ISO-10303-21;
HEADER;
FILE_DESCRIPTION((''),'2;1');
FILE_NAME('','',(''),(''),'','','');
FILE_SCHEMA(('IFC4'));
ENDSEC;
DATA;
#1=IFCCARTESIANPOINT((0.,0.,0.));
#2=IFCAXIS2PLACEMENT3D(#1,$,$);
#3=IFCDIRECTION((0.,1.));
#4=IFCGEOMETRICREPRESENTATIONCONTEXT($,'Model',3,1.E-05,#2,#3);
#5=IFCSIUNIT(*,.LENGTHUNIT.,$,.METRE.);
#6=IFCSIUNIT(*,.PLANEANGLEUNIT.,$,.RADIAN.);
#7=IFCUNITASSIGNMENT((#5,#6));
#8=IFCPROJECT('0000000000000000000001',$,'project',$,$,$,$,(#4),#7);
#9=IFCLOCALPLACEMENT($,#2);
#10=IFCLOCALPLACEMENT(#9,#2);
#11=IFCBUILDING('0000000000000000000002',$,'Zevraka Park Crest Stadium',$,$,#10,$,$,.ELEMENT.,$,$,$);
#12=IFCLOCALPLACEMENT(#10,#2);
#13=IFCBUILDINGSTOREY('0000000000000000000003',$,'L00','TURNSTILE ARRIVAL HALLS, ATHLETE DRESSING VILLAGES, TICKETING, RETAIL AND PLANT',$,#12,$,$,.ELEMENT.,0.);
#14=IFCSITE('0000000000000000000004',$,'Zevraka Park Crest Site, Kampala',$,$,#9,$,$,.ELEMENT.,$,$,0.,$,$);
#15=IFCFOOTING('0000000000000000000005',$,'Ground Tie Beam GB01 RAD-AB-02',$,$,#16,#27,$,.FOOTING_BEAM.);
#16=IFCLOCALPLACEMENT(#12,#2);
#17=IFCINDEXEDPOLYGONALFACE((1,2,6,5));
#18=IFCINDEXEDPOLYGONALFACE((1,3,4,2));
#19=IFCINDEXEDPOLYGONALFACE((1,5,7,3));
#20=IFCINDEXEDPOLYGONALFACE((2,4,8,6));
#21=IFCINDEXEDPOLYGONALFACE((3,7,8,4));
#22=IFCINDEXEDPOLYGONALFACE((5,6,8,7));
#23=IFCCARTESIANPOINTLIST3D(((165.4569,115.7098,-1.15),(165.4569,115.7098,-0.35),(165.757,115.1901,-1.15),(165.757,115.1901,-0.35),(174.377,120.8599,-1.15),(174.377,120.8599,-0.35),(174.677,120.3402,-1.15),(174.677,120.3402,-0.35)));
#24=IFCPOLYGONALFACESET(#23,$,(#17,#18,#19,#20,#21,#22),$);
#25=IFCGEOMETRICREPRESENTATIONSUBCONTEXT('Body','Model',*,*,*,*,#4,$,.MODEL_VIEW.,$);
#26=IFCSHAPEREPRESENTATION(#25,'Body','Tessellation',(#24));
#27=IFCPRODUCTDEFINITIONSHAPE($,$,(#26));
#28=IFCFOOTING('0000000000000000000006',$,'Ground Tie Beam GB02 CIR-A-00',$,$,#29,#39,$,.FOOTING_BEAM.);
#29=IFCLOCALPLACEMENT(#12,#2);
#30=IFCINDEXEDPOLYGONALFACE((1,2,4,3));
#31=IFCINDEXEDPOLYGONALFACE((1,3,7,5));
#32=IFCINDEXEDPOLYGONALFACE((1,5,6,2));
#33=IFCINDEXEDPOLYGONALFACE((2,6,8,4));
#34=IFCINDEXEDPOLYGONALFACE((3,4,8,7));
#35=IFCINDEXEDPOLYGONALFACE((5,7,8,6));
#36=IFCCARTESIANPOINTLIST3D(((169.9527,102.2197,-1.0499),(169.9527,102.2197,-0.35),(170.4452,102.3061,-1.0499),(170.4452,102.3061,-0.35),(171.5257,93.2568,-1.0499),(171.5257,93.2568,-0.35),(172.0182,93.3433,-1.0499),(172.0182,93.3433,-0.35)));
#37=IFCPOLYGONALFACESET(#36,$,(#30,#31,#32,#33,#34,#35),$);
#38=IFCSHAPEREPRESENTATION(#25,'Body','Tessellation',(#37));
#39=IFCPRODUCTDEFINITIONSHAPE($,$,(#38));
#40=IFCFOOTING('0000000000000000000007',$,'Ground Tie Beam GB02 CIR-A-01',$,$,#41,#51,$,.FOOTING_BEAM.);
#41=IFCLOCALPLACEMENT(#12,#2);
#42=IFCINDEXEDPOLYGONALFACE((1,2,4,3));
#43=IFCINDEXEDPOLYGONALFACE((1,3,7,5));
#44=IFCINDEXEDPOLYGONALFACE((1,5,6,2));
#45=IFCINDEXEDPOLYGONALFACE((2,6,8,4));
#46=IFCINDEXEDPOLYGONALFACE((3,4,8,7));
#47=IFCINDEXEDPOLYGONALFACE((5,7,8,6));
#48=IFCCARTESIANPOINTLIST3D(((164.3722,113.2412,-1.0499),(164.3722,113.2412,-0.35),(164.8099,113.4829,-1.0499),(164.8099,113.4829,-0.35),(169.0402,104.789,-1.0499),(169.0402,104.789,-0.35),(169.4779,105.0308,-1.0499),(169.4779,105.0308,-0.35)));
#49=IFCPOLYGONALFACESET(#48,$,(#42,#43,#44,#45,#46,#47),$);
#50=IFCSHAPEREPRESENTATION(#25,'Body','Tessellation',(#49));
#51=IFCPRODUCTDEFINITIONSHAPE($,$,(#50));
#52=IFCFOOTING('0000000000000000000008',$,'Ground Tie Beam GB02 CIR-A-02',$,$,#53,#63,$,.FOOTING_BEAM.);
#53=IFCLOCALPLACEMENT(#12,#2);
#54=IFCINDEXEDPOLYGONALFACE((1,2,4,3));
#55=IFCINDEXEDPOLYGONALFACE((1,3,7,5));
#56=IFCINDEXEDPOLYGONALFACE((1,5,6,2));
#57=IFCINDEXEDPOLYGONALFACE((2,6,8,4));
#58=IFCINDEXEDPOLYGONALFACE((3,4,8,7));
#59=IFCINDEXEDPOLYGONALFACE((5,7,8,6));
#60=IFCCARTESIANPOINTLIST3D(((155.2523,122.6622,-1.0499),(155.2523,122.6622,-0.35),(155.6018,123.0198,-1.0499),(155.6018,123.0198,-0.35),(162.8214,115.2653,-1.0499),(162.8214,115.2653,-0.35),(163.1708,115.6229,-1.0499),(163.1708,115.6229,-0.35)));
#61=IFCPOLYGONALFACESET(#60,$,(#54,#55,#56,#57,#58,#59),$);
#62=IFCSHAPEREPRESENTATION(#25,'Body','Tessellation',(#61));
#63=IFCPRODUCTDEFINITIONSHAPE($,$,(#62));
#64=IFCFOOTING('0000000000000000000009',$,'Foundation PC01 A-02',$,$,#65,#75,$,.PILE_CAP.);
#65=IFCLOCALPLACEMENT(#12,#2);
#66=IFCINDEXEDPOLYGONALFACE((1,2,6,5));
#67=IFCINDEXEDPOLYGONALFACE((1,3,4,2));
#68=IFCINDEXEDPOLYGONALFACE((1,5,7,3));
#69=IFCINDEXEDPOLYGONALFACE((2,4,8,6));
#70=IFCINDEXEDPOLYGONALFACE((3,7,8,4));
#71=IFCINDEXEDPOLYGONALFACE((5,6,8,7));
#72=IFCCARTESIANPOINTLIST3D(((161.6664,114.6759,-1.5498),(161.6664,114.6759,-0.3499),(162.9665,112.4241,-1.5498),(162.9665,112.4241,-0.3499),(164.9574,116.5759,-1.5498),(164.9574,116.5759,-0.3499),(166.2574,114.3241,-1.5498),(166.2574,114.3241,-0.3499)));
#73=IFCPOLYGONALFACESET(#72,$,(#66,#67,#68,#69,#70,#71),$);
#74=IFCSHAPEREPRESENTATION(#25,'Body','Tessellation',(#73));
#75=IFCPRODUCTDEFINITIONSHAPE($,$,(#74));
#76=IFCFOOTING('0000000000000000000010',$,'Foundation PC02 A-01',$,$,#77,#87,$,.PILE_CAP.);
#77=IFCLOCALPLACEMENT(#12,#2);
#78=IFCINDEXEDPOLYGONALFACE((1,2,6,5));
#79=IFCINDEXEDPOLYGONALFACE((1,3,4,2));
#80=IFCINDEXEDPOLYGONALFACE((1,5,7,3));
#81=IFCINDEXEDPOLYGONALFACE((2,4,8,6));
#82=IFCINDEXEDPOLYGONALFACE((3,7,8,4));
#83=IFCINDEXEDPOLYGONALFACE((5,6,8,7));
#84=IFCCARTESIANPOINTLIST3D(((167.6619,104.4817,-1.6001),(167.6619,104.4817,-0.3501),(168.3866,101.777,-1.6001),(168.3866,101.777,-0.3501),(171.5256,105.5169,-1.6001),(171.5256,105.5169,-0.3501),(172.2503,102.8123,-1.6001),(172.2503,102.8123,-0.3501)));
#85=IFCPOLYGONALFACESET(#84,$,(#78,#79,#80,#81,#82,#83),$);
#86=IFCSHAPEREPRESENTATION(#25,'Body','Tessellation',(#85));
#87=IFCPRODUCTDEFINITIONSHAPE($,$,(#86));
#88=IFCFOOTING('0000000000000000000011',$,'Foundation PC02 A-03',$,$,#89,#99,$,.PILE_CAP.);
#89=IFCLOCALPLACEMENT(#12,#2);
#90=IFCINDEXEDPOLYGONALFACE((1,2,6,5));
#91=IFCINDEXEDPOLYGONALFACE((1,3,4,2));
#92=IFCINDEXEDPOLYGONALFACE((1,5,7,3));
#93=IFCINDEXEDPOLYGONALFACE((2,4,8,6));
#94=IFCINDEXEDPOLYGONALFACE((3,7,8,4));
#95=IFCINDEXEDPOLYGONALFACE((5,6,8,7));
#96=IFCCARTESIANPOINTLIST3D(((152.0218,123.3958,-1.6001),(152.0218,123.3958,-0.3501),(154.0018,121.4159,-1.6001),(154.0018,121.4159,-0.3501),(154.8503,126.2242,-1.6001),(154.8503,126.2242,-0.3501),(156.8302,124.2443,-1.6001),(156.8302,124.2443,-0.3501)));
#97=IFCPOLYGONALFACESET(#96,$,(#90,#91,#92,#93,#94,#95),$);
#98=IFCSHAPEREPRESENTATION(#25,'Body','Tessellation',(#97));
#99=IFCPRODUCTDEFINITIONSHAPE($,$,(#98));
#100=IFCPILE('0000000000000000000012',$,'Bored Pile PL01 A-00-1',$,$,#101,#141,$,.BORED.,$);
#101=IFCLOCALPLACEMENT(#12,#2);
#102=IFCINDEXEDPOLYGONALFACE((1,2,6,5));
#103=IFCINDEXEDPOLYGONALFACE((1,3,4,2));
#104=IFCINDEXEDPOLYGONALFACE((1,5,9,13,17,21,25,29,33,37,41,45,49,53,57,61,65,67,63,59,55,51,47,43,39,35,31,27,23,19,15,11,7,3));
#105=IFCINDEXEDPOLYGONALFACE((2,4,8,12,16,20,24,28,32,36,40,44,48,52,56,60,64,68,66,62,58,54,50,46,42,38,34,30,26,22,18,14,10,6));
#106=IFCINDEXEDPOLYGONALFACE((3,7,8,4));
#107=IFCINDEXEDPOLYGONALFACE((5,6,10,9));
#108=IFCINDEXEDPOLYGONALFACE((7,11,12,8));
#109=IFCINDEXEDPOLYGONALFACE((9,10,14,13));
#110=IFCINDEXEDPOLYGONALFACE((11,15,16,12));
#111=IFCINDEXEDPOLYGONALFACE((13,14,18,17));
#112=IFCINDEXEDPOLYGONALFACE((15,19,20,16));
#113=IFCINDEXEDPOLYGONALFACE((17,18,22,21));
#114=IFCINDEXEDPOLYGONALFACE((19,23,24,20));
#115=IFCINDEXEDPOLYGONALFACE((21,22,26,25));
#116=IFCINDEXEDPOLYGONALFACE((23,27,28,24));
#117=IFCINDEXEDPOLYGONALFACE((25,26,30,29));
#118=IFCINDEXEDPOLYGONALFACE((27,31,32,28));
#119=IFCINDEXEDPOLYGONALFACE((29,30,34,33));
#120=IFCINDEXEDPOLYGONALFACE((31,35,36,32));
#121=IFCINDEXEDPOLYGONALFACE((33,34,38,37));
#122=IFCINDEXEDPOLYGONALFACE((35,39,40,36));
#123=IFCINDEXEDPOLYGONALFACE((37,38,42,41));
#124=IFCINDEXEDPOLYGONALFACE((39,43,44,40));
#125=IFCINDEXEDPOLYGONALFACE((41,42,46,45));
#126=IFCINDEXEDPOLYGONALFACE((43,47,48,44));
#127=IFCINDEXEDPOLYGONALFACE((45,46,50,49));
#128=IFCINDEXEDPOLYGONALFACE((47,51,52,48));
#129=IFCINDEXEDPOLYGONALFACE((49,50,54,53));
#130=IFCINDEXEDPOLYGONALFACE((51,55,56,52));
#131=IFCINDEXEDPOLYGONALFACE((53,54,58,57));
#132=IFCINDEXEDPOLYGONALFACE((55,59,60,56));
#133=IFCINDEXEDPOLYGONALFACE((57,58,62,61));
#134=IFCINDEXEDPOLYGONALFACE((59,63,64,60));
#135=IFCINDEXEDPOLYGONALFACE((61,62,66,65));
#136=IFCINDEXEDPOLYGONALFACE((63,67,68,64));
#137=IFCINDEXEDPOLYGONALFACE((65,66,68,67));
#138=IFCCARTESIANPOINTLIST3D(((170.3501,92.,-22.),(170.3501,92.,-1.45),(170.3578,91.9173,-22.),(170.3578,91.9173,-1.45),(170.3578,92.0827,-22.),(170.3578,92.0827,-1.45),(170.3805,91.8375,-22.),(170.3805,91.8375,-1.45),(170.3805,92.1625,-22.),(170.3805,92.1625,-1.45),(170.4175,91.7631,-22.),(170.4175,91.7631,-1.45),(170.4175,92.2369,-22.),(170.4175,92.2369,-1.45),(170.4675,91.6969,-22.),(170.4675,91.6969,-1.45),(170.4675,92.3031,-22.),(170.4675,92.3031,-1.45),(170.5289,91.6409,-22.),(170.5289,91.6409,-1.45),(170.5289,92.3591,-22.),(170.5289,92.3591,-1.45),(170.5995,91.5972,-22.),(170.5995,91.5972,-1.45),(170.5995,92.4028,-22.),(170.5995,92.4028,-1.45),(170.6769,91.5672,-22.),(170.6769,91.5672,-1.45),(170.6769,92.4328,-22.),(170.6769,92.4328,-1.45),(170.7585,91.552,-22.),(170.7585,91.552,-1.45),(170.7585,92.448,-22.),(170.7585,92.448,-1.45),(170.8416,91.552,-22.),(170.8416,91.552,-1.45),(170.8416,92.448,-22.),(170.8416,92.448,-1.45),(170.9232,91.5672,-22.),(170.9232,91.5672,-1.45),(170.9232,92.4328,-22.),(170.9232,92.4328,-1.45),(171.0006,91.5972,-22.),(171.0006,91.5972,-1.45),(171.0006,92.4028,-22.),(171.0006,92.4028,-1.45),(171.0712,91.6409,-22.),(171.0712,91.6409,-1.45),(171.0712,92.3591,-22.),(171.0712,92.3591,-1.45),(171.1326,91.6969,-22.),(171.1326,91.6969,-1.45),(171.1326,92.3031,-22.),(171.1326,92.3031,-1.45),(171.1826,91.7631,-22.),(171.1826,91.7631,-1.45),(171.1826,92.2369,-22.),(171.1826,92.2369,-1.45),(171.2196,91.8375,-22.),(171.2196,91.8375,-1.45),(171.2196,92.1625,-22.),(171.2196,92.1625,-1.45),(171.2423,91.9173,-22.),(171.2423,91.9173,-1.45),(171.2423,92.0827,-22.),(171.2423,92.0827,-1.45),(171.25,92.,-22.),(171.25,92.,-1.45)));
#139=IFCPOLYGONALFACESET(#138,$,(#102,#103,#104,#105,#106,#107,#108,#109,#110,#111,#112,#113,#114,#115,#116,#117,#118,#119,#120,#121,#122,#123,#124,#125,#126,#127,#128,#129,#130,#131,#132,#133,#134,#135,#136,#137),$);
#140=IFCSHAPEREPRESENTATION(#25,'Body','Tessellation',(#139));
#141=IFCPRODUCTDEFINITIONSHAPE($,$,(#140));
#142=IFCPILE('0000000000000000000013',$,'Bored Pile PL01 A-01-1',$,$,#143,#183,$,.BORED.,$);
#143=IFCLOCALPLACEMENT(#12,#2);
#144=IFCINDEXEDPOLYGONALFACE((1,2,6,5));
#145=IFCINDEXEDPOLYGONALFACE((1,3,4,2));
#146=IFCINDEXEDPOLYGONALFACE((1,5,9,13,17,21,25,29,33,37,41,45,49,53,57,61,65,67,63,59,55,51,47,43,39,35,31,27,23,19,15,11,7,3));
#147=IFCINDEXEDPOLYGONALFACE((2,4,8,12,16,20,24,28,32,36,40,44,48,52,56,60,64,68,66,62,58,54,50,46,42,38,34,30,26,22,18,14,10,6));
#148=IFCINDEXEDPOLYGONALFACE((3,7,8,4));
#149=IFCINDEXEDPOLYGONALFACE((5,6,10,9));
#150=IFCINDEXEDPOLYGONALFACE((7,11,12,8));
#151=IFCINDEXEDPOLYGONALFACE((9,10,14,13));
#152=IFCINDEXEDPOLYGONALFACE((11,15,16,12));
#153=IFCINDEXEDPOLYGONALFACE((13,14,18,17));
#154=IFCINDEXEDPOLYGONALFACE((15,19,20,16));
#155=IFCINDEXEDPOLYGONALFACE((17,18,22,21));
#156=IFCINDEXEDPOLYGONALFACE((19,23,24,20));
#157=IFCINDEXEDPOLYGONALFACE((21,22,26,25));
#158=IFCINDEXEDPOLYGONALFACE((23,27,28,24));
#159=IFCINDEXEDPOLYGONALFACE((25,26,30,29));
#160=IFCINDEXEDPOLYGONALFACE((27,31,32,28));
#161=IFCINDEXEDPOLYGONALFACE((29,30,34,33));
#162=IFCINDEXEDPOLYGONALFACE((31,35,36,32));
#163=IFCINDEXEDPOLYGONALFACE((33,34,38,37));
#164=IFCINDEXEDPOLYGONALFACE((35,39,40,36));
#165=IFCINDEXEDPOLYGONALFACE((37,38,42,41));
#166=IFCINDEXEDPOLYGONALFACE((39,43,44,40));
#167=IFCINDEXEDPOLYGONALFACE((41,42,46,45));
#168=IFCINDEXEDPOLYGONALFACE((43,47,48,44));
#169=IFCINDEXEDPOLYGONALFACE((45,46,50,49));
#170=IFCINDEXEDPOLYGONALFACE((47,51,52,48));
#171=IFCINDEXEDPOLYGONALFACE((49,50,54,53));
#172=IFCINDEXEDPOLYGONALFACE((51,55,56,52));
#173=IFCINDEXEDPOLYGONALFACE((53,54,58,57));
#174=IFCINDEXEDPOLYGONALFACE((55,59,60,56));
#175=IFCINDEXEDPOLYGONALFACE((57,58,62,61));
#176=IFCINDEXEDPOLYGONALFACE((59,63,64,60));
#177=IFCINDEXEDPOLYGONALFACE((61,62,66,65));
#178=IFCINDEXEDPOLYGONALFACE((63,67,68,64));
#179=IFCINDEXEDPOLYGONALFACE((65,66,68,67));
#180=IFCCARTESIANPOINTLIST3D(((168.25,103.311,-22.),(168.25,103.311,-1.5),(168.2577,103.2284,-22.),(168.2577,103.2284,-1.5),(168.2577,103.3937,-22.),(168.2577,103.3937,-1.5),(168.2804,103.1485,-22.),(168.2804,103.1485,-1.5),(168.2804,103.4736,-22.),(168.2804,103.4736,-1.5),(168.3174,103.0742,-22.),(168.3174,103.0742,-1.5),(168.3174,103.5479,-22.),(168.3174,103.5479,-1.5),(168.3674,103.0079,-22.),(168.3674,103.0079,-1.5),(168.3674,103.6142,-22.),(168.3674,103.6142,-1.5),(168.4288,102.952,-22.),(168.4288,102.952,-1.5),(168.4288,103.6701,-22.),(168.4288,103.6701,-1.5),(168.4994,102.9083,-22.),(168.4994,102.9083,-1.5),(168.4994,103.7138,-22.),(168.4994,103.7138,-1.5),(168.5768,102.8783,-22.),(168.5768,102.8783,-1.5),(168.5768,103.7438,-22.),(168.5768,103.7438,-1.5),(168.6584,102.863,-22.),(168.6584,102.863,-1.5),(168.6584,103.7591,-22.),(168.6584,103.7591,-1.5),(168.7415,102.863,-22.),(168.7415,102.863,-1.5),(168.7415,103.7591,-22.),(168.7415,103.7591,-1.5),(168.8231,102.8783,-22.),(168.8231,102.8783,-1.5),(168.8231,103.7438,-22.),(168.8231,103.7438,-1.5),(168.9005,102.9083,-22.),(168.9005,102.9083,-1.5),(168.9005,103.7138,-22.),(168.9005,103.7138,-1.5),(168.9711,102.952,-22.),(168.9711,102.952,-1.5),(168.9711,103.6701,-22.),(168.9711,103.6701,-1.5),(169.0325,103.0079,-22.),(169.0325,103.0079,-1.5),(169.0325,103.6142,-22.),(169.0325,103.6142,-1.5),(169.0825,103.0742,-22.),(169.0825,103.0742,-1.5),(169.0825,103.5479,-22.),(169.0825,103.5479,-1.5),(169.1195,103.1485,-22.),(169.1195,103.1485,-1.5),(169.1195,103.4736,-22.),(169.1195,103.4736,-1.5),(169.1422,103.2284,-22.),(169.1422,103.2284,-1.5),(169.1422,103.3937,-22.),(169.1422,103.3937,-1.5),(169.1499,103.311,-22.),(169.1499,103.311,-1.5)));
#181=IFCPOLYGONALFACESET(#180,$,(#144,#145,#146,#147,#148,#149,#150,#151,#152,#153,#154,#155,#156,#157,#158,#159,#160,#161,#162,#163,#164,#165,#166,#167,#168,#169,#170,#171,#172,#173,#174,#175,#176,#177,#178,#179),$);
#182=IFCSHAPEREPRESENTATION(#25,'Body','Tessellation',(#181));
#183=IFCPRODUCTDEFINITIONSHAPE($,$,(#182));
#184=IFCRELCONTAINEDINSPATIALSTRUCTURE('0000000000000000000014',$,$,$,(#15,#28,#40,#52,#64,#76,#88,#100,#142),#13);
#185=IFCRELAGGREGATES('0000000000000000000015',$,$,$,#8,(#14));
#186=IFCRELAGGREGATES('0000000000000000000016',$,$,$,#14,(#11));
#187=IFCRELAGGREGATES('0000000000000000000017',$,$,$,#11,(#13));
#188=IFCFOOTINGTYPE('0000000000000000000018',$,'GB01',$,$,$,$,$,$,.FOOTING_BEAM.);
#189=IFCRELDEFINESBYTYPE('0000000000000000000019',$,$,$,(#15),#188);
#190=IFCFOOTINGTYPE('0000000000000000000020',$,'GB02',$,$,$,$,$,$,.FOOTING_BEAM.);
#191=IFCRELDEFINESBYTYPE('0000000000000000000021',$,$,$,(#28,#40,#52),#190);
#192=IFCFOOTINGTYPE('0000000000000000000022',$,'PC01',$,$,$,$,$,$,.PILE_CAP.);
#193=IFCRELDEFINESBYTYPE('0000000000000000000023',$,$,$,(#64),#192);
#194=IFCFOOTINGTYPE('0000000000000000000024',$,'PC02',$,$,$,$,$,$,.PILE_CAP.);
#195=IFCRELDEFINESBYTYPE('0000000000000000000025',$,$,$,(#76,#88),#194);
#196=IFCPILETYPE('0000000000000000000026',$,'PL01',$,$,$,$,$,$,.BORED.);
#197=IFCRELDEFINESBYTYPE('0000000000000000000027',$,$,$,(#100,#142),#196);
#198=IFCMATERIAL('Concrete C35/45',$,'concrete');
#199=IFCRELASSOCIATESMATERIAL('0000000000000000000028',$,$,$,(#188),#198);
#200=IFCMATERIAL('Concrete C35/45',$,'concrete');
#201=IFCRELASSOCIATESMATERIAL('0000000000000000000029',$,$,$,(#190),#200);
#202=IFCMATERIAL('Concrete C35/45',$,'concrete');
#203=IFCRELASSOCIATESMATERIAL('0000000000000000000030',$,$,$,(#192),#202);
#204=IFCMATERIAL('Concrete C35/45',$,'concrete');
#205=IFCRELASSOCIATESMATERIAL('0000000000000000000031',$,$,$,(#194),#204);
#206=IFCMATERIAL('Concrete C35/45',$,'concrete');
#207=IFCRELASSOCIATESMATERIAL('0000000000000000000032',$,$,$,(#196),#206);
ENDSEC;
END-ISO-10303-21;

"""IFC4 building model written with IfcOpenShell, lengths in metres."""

from ifc_helpers import new_model, si_unit, direction, frame, origin, origin_2d, place, context, subcontext, project, spatial, rectangle, circle, extrude, material, material_profile, profile_set, type_object, element, save


model = new_model("IFC4")

# Units and contexts
model_context = context("Model", 3, precision=1e-05, world=origin(), true_north=direction((0.0, 1.0)))
body_context = subcontext(model_context, "Body", "Model", "MODEL_VIEW")
ifc_project = project(units=[si_unit("LENGTHUNIT", "METRE"), si_unit("PLANEANGLEUNIT", "RADIAN")], contexts=[model_context])

# Site, building, storey
site_placement = place(None, origin())
site = spatial("IfcSite", under=ifc_project, at=site_placement, Name="Zevraka Park Crest Site, Kampala", CompositionType="ELEMENT", RefElevation=0.0)
building_placement = place(site_placement, origin())
building = spatial("IfcBuilding", under=site, at=building_placement, Name="Zevraka Park Crest Stadium", CompositionType="ELEMENT")
storey_placement = place(building_placement, origin())
storey = spatial("IfcBuildingStorey", under=building, at=storey_placement, Name="L00", Description="TURNSTILE ARRIVAL HALLS, ATHLETE DRESSING VILLAGES, TICKETING, RETAIL AND PLANT", CompositionType="ELEMENT", Elevation=0.0)

# Footings
ifc_material_1 = material(Name="Concrete C35/45", Category="concrete")
ifc_material_profile_1 = material_profile(ifc_material_1, rectangle(XDim=0.6001, YDim=0.8, at=origin_2d()), Name="GB 800x600")
ifc_profile_set_1 = profile_set([ifc_material_profile_1], Name="Concrete C35/45")
footing_type_1 = type_object("IfcFootingType", Name="GB01", PredefinedType="FOOTING_BEAM", material=ifc_profile_set_1)
footing_1_placement = place(storey_placement, frame((165.6069, 115.45, -0.75), z_axis=(0.866022, 0.500006, 0.0), x_axis=(-0.500006, 0.866022, 0.0)))
element("IfcFooting", 1, at=footing_1_placement, inside=storey, type_object=footing_type_1, Name="Ground Tie Beam GB01 RAD-AB-02", PredefinedType="FOOTING_BEAM", context=body_context, shape_type="SweptSolid", body=[
    extrude(rectangle(XDim=0.6001, YDim=0.8, at=origin_2d()), origin(), (0.0, 0.0, 1.0), 10.3),
])
ifc_material_2 = material(Name="Concrete C35/45", Category="concrete")
ifc_material_profile_2 = material_profile(ifc_material_2, rectangle(XDim=0.5, YDim=0.7, at=origin_2d()), Name="GB 700x500")
ifc_profile_set_2 = profile_set([ifc_material_profile_2], Name="Concrete C35/45")
footing_type_2 = type_object("IfcFootingType", Name="GB02", PredefinedType="FOOTING_BEAM", material=ifc_profile_set_2)
footing_2_placement = place(storey_placement, frame((171.772, 93.3, -0.7), z_axis=(-0.172859, 0.984947, 0.0), x_axis=(-0.984947, -0.172859, 0.0)))
element("IfcFooting", 2, at=footing_2_placement, inside=storey, type_object=footing_type_2, Name="Ground Tie Beam GB02 CIR-A-00", PredefinedType="FOOTING_BEAM", context=body_context, shape_type="SweptSolid", body=[
    extrude(rectangle(XDim=0.5, YDim=0.7, at=origin_2d()), origin(), (0.0, 0.0, 1.0), 9.0999),
])
footing_3_placement = place(storey_placement, frame((169.259, 104.9099, -0.7), z_axis=(-0.483452, 0.875371, 0.0), x_axis=(-0.875371, -0.483452, 0.0)))
element("IfcFooting", 3, at=footing_3_placement, inside=storey, type_object=footing_type_2, Name="Ground Tie Beam GB02 CIR-A-01", PredefinedType="FOOTING_BEAM", context=body_context, shape_type="SweptSolid", body=[
    extrude(rectangle(XDim=0.5, YDim=0.7, at=origin_2d()), origin(), (0.0, 0.0, 1.0), 9.6555),
])
footing_4_placement = place(storey_placement, frame((162.9961, 115.4441, -0.7), z_axis=(-0.715192, 0.698928, 0.0), x_axis=(-0.698928, -0.715192, 0.0)))
element("IfcFooting", 4, at=footing_4_placement, inside=storey, type_object=footing_type_2, Name="Ground Tie Beam GB02 CIR-A-02", PredefinedType="FOOTING_BEAM", context=body_context, shape_type="SweptSolid", body=[
    extrude(rectangle(XDim=0.5, YDim=0.7, at=origin_2d()), origin(), (0.0, 0.0, 1.0), 10.5833),
])
ifc_material_3 = material(Name="Concrete C35/45", Category="concrete")
footing_type_3 = type_object("IfcFootingType", Name="PC01", PredefinedType="PILE_CAP", material=ifc_material_3)
footing_5_placement = place(storey_placement, frame((163.9619, 114.5, -1.5498), z_axis=(0.0, 0.0, 1.0), x_axis=(0.866025, 0.5, 0.0)))
element("IfcFooting", 5, at=footing_5_placement, inside=storey, type_object=footing_type_3, Name="Foundation PC01 A-02", PredefinedType="PILE_CAP", context=body_context, shape_type="SweptSolid", body=[
    extrude(rectangle(XDim=3.8, YDim=2.6001, at=origin_2d()), origin(), (0.0, 0.0, 1.0), 1.2),
])
ifc_material_4 = material(Name="Concrete C35/45", Category="concrete")
footing_type_4 = type_object("IfcFootingType", Name="PC02", PredefinedType="PILE_CAP", material=ifc_material_4)
for number, where, z_axis, x_axis, name in (
    (6, (169.9561, 103.647, -1.6001), (0.0, 0.0, 1.0), (0.965926, 0.258819, 0.0), "Foundation PC02 A-01"),
    (7, (154.426, 123.8201, -1.6001), (0.0, 0.0, 1.0), (0.707107, 0.707107, 0.0), "Foundation PC02 A-03"),
):
    element("IfcFooting", number, at=place(storey_placement, frame(where, z_axis=z_axis, x_axis=x_axis)), inside=storey, type_object=footing_type_4, Name=name, PredefinedType="PILE_CAP", context=body_context, shape_type="SweptSolid", body=[
        extrude(rectangle(XDim=4.0, YDim=2.8, at=origin_2d()), origin(), (0.0, 0.0, 1.0), 1.25),
    ])

# Piles
ifc_material_5 = material(Name="Concrete C35/45", Category="concrete")
ifc_material_profile_3 = material_profile(ifc_material_5, circle(Radius=0.45, at=origin_2d()), Name="PILE D900")
ifc_profile_set_3 = profile_set([ifc_material_profile_3], Name="Concrete C35/45")
pile_type = type_object("IfcPileType", Name="PL01", PredefinedType="BORED", material=ifc_profile_set_3)
pile_1_placement = place(storey_placement, frame((170.8, 92.0, -1.45), z_axis=(0.0, 0.0, -1.0), x_axis=(1.0, 0.0, 0.0)))
element("IfcPile", 8, at=pile_1_placement, inside=storey, type_object=pile_type, Name="Bored Pile PL01 A-00-1", PredefinedType="BORED", context=body_context, shape_type="SweptSolid", body=[
    extrude(circle(Radius=0.45, at=origin_2d()), origin(), (0.0, 0.0, 1.0), 20.55),
])
for number, where, z_axis, x_axis, name in (
    (9, (168.7, 103.311, -1.5), (0.0, 0.0, -1.0), (1.0, 0.0, 0.0), "Bored Pile PL01 A-01-1"),
):
    element("IfcPile", number, at=place(storey_placement, frame(where, z_axis=z_axis, x_axis=x_axis)), inside=storey, type_object=pile_type, Name=name, PredefinedType="BORED", context=body_context, shape_type="SweptSolid", body=[
        extrude(circle(Radius=0.45, at=origin_2d()), origin(), (0.0, 0.0, 1.0), 20.5),
    ])

save(model, "model.ifc")
